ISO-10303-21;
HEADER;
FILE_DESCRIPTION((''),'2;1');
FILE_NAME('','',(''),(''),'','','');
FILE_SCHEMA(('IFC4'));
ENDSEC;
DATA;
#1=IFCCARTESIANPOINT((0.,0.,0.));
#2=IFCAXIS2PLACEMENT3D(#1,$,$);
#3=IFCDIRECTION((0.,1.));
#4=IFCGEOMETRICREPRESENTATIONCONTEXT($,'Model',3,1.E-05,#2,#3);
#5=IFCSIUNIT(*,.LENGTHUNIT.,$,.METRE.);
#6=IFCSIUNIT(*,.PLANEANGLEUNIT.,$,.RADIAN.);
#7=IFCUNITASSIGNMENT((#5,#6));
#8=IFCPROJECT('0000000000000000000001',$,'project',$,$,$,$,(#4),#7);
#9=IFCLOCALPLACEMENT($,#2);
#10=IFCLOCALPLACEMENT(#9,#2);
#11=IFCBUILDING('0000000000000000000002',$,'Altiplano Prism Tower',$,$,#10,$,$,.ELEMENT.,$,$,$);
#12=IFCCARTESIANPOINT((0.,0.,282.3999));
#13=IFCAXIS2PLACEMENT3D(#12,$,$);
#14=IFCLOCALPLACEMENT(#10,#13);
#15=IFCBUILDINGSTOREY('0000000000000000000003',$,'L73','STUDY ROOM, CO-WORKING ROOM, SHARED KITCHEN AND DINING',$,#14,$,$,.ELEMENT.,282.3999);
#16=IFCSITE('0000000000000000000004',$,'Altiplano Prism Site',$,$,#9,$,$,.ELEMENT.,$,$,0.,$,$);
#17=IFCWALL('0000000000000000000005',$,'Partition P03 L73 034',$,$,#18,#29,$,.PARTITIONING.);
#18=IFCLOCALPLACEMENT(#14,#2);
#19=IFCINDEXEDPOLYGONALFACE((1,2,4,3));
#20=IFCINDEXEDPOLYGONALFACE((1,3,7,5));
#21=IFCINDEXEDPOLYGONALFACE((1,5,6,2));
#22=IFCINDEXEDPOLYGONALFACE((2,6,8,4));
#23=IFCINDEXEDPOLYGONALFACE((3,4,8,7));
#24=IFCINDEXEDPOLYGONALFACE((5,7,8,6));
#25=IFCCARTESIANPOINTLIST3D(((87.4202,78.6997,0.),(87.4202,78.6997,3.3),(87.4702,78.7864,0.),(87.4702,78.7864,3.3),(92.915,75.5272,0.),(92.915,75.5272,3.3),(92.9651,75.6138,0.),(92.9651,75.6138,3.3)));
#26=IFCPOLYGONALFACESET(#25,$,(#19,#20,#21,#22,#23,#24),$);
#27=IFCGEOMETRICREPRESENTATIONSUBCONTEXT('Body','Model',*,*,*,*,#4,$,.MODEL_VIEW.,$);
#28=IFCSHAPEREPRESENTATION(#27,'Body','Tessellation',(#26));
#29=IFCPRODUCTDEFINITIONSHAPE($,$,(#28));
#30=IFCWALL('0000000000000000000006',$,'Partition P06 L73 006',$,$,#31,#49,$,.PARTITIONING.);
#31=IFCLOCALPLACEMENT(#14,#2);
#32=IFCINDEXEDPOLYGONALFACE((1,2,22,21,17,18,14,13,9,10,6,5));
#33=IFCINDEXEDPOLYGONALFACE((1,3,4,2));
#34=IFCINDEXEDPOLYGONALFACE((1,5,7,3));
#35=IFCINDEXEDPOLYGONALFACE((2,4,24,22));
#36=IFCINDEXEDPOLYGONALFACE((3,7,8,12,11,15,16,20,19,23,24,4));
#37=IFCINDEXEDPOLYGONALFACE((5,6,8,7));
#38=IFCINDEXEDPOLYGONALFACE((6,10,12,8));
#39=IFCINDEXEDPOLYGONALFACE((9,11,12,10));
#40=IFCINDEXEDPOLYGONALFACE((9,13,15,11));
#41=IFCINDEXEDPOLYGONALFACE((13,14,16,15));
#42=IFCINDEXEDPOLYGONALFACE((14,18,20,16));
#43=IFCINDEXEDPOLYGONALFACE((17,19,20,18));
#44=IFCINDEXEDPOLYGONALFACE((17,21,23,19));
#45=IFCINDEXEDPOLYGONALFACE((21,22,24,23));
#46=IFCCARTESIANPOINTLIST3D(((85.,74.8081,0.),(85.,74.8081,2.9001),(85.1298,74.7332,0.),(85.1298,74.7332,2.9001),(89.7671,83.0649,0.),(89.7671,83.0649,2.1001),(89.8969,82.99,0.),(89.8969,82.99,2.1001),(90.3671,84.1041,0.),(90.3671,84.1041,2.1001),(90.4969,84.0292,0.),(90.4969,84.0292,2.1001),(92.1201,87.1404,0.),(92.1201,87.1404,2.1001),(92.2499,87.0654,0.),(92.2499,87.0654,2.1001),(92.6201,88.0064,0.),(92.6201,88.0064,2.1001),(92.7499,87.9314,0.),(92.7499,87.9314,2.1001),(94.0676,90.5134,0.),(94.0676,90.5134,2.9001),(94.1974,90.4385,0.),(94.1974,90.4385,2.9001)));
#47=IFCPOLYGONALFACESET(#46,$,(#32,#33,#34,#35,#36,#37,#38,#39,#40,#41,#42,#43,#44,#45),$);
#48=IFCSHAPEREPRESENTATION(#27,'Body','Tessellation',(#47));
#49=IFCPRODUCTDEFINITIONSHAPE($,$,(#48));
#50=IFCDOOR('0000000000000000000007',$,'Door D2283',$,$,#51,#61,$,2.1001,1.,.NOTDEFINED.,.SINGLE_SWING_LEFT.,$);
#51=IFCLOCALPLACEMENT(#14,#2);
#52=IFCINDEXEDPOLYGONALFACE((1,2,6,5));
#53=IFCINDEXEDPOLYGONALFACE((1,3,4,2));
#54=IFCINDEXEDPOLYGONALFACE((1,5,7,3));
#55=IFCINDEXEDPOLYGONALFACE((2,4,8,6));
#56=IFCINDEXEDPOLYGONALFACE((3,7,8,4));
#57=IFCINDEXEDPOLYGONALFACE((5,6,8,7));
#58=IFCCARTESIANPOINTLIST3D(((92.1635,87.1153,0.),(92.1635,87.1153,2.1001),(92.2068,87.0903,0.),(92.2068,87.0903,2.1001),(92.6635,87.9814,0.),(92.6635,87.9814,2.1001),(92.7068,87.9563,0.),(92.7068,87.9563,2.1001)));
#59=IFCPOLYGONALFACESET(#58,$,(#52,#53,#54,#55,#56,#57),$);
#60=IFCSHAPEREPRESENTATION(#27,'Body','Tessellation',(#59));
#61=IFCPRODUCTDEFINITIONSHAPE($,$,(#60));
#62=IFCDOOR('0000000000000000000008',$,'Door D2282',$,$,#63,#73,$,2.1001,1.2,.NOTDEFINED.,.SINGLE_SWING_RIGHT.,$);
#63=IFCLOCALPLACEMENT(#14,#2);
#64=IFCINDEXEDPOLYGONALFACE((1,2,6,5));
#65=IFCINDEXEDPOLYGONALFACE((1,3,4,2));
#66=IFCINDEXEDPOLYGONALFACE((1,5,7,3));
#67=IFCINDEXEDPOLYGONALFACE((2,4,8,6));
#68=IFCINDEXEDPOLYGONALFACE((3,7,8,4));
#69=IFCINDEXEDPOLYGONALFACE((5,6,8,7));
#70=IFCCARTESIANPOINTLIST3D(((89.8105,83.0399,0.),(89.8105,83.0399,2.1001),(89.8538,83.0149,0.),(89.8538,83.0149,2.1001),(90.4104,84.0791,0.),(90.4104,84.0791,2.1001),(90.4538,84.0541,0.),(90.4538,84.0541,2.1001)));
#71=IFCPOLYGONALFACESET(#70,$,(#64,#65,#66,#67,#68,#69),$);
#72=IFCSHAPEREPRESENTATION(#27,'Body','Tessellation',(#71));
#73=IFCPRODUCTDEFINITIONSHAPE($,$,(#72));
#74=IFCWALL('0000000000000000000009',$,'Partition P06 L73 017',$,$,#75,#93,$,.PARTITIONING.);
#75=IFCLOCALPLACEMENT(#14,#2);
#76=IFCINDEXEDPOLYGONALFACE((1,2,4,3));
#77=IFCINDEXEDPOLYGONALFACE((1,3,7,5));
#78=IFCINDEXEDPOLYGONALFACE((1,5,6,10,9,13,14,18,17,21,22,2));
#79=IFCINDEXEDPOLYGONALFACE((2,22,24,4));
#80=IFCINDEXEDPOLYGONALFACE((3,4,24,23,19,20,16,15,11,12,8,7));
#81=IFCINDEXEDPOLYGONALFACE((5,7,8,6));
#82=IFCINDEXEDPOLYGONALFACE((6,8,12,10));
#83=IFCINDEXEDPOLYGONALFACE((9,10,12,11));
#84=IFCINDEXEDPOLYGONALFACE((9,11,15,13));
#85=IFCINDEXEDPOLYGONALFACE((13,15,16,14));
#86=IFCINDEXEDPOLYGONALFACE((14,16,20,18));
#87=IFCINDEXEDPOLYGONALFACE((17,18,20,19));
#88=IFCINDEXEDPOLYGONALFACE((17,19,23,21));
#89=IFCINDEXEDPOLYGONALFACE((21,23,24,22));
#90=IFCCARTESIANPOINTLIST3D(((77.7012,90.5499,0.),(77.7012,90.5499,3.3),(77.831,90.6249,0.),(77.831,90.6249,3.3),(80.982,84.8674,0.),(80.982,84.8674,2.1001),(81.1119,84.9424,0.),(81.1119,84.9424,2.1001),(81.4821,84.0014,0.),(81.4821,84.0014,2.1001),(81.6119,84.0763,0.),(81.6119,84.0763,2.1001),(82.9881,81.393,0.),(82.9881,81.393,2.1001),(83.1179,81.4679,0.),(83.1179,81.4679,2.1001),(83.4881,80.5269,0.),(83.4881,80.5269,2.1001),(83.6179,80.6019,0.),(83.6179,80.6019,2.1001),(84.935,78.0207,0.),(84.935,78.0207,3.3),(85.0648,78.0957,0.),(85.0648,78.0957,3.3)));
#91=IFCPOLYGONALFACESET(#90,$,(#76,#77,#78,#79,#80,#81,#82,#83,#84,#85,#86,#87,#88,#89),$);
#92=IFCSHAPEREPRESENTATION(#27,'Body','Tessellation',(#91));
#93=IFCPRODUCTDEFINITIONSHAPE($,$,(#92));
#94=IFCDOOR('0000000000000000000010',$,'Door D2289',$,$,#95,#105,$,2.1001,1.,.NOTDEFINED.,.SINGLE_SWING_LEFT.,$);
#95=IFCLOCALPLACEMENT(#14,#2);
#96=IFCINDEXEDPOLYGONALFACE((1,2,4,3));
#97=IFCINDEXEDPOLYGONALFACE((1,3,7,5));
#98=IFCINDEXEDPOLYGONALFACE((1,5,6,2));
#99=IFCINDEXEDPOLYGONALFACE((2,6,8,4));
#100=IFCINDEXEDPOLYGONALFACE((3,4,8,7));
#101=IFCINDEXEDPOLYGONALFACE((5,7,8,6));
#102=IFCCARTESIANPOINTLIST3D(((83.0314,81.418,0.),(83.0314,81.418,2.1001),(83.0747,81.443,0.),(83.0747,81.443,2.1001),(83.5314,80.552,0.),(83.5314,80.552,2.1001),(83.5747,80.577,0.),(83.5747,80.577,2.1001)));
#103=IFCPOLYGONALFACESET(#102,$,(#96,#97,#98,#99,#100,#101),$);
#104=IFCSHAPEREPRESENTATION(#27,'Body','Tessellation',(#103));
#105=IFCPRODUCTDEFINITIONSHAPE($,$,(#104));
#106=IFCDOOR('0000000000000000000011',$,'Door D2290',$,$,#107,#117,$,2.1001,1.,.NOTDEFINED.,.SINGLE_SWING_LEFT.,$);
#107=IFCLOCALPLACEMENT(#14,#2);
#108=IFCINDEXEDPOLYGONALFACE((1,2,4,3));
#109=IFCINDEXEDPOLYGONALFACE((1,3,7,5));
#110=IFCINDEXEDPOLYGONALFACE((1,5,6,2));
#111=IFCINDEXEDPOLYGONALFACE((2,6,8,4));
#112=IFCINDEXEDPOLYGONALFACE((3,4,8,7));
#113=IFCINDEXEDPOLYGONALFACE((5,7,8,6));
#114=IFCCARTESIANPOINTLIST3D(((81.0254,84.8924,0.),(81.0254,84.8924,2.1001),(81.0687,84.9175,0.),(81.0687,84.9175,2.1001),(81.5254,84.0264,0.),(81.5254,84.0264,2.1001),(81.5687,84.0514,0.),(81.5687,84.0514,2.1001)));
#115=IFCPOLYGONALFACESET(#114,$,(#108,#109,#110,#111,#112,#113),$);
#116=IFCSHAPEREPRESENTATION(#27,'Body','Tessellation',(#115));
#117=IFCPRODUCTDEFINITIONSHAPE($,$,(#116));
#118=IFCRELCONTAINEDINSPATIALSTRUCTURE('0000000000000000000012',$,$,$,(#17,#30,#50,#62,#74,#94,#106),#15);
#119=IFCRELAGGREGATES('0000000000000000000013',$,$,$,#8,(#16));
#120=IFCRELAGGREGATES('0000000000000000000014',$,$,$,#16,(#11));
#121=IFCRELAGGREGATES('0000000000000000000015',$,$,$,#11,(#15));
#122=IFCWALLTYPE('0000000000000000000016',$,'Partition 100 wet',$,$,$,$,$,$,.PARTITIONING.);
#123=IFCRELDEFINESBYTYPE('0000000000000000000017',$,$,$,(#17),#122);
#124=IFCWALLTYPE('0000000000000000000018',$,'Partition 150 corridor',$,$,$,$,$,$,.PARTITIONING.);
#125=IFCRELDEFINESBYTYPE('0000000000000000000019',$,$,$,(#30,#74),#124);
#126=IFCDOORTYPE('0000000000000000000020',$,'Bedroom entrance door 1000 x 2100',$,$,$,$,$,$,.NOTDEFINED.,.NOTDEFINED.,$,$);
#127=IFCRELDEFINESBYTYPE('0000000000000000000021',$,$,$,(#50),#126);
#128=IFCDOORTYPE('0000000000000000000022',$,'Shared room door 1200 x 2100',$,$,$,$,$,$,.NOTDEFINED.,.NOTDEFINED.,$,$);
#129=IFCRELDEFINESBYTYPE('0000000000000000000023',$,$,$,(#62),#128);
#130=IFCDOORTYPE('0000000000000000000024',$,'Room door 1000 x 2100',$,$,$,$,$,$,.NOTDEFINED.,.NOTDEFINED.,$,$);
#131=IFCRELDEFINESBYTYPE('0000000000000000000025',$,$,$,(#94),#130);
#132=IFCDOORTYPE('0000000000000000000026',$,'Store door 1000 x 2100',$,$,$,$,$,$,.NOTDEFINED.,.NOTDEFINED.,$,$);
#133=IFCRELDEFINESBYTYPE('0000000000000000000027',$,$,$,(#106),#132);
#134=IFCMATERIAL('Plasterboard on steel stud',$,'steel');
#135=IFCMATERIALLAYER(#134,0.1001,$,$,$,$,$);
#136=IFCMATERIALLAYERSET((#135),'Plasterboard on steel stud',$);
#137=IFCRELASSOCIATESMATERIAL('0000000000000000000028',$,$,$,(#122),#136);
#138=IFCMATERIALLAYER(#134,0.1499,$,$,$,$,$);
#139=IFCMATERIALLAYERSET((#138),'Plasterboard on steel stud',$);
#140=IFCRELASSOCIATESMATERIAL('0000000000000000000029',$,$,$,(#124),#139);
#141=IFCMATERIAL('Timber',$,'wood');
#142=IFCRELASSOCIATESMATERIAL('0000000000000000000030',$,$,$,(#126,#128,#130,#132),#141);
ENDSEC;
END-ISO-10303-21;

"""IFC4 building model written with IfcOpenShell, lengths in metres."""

from ifc_helpers import new_model, si_unit, direction, frame, frame_2d, origin, place, context, subcontext, project, spatial, rectangle, extrude, material, layer, layer_set, type_object, element, fill, save


model = new_model("IFC4")

# Units and contexts
model_context = context("Model", 3, precision=1e-05, world=origin(), true_north=direction((0.0, 1.0)))
body_context = subcontext(model_context, "Body", "Model", "MODEL_VIEW")
ifc_project = project(units=[si_unit("LENGTHUNIT", "METRE"), si_unit("PLANEANGLEUNIT", "RADIAN")], contexts=[model_context])

# Site, building, storey
site_placement = place(None, origin())
site = spatial("IfcSite", under=ifc_project, at=site_placement, Name="Altiplano Prism Site", CompositionType="ELEMENT", RefElevation=0.0)
building_placement = place(site_placement, origin())
building = spatial("IfcBuilding", under=site, at=building_placement, Name="Altiplano Prism Tower", CompositionType="ELEMENT")
storey_placement = place(building_placement, frame((0.0, 0.0, 282.3999)))
storey = spatial("IfcBuildingStorey", under=building, at=storey_placement, Name="L73", Description="STUDY ROOM, CO-WORKING ROOM, SHARED KITCHEN AND DINING", CompositionType="ELEMENT", Elevation=282.3999)

# Wall
ifc_material_1 = material(Name="Plasterboard on steel stud", Category="steel")
ifc_layer_1 = layer(ifc_material_1, 0.1001)
ifc_layer_set_1 = layer_set([ifc_layer_1], Name="Plasterboard on steel stud")
wall_type_1 = type_object("IfcWallType", Name="Partition 100 wet", PredefinedType="PARTITIONING", material=ifc_layer_set_1)
wall_1_placement = place(storey_placement, frame((92.9399, 75.5706, 0.0), z_axis=(0.0, 0.0, 1.0), x_axis=(-0.866016, 0.500017, 0.0)))
element("IfcWall", 1, at=wall_1_placement, inside=storey, type_object=wall_type_1, Name="Partition P03 L73 034", PredefinedType="PARTITIONING", context=body_context, shape_type="SweptSolid", body=[
    extrude(rectangle(XDim=6.345, YDim=0.1001, at=frame_2d((3.1724, 0.0))), origin(), (0.0, 0.0, 1.0), 3.3),
])

# Walls, openings, doors
ifc_layer_2 = layer(ifc_material_1, 0.1499)
ifc_layer_set_2 = layer_set([ifc_layer_2], Name="Plasterboard on steel stud")
wall_type_2 = type_object("IfcWallType", Name="Partition 150 corridor", PredefinedType="PARTITIONING", material=ifc_layer_set_2)
wall_2_placement = place(storey_placement, frame((85.0649, 74.7708, 0.0), z_axis=(0.0, 0.0, 1.0), x_axis=(0.500006, 0.866022, 0.0)))
wall_2 = element("IfcWall", 2, at=wall_2_placement, inside=storey, type_object=wall_type_2, Name="Partition P06 L73 006", PredefinedType="PARTITIONING", context=body_context, shape_type="SweptSolid", body=[
    extrude(rectangle(XDim=18.135, YDim=0.1499, at=frame_2d((9.0674, 0.0))), origin(), (0.0, 0.0, 1.0), 2.9001),
])
opening_1_placement = place(wall_2_placement, frame((9.5339, 0.0, 0.0)))
opening_1 = element("IfcOpeningElement", 3, at=opening_1_placement, cuts=wall_2, PredefinedType="OPENING", context=body_context, shape_type="SweptSolid", body=[
    extrude(rectangle(XDim=1.2, YDim=2.1001, at=frame_2d((0.6001, 1.05))), frame((0.0, 0.0854, 0.0), z_axis=(0.0, -1.0, 0.0), x_axis=(1.0, 0.0, 0.0)), (0.0, 0.0, 1.0), 0.1709),
])
opening_2_placement = place(wall_2_placement, frame((14.24, 0.0, 0.0)))
opening_2 = element("IfcOpeningElement", 4, at=opening_2_placement, cuts=wall_2, PredefinedType="OPENING", context=body_context, shape_type="SweptSolid", body=[
    extrude(rectangle(XDim=1.0, YDim=2.1001, at=frame_2d((0.5, 1.05))), frame((0.0, 0.0854, 0.0), z_axis=(0.0, -1.0, 0.0), x_axis=(1.0, 0.0, 0.0)), (0.0, 0.0, 1.0), 0.1709),
])
ifc_material_2 = material(Name="Timber", Category="wood")
door_type_1 = type_object("IfcDoorType", Name="Bedroom entrance door 1000 x 2100", OperationType="NOTDEFINED", PredefinedType="NOTDEFINED", material=ifc_material_2)
door_1_placement = place(opening_2_placement, origin())
door_1 = element("IfcDoor", 5, at=door_1_placement, inside=storey, type_object=door_type_1, Name="Door D2283", OperationType="SINGLE_SWING_LEFT", OverallHeight=2.1001, OverallWidth=1.0, PredefinedType="NOTDEFINED", context=body_context, shape_type="SweptSolid", body=[
    extrude(rectangle(XDim=1.0, YDim=2.1001, at=frame_2d((0.5, 1.05))), frame((0.0, 0.0249, 0.0), z_axis=(0.0, -1.0, 0.0), x_axis=(1.0, 0.0, 0.0)), (0.0, 0.0, 1.0), 0.05),
])
fill(opening_2, door_1)
door_type_2 = type_object("IfcDoorType", Name="Shared room door 1200 x 2100", OperationType="NOTDEFINED", PredefinedType="NOTDEFINED", material=ifc_material_2)
door_2_placement = place(opening_1_placement, origin())
door_2 = element("IfcDoor", 6, at=door_2_placement, inside=storey, type_object=door_type_2, Name="Door D2282", OperationType="SINGLE_SWING_RIGHT", OverallHeight=2.1001, OverallWidth=1.2, PredefinedType="NOTDEFINED", context=body_context, shape_type="SweptSolid", body=[
    extrude(rectangle(XDim=1.2, YDim=2.1001, at=frame_2d((0.6001, 1.05))), frame((0.0, 0.0249, 0.0), z_axis=(0.0, -1.0, 0.0), x_axis=(1.0, 0.0, 0.0)), (0.0, 0.0, 1.0), 0.05),
])
fill(opening_1, door_2)
wall_3_placement = place(storey_placement, frame((85.0, 78.0581, 0.0), z_axis=(0.0, 0.0, 1.0), x_axis=(-0.500005, 0.866023, 0.0)))
wall_3 = element("IfcWall", 7, at=wall_3_placement, inside=storey, type_object=wall_type_2, Name="Partition P06 L73 017", PredefinedType="PARTITIONING", context=body_context, shape_type="SweptSolid", body=[
    extrude(rectangle(XDim=14.4675, YDim=0.1499, at=frame_2d((7.2339, 0.0))), origin(), (0.0, 0.0, 1.0), 3.3),
])
opening_3_placement = place(wall_3_placement, frame((2.894, 0.0, 0.0)))
opening_3 = element("IfcOpeningElement", 8, at=opening_3_placement, cuts=wall_3, PredefinedType="OPENING", context=body_context, shape_type="SweptSolid", body=[
    extrude(rectangle(XDim=1.0, YDim=2.1001, at=frame_2d((0.5, 1.05))), frame((0.0, 0.0854, 0.0), z_axis=(0.0, -1.0, 0.0), x_axis=(1.0, 0.0, 0.0)), (0.0, 0.0, 1.0), 0.1709),
])
opening_4_placement = place(wall_3_placement, frame((6.906, 0.0, 0.0)))
opening_4 = element("IfcOpeningElement", 9, at=opening_4_placement, cuts=wall_3, PredefinedType="OPENING", context=body_context, shape_type="SweptSolid", body=[
    extrude(rectangle(XDim=1.0, YDim=2.1001, at=frame_2d((0.5, 1.05))), frame((0.0, 0.0854, 0.0), z_axis=(0.0, -1.0, 0.0), x_axis=(1.0, 0.0, 0.0)), (0.0, 0.0, 1.0), 0.1709),
])
door_type_3 = type_object("IfcDoorType", Name="Room door 1000 x 2100", OperationType="NOTDEFINED", PredefinedType="NOTDEFINED", material=ifc_material_2)
door_3_placement = place(opening_3_placement, origin())
door_3 = element("IfcDoor", 10, at=door_3_placement, inside=storey, type_object=door_type_3, Name="Door D2289", OperationType="SINGLE_SWING_LEFT", OverallHeight=2.1001, OverallWidth=1.0, PredefinedType="NOTDEFINED", context=body_context, shape_type="SweptSolid", body=[
    extrude(rectangle(XDim=1.0, YDim=2.1001, at=frame_2d((0.5, 1.05))), frame((0.0, 0.0249, 0.0), z_axis=(0.0, -1.0, 0.0), x_axis=(1.0, 0.0, 0.0)), (0.0, 0.0, 1.0), 0.05),
])
fill(opening_3, door_3)
door_type_4 = type_object("IfcDoorType", Name="Store door 1000 x 2100", OperationType="NOTDEFINED", PredefinedType="NOTDEFINED", material=ifc_material_2)
door_4_placement = place(opening_4_placement, origin())
door_4 = element("IfcDoor", 11, at=door_4_placement, inside=storey, type_object=door_type_4, Name="Door D2290", OperationType="SINGLE_SWING_LEFT", OverallHeight=2.1001, OverallWidth=1.0, PredefinedType="NOTDEFINED", context=body_context, shape_type="SweptSolid", body=[
    extrude(rectangle(XDim=1.0, YDim=2.1001, at=frame_2d((0.5, 1.05))), frame((0.0, 0.0249, 0.0), z_axis=(0.0, -1.0, 0.0), x_axis=(1.0, 0.0, 0.0)), (0.0, 0.0, 1.0), 0.05),
])
fill(opening_4, door_4)

save(model, "model.ifc")
